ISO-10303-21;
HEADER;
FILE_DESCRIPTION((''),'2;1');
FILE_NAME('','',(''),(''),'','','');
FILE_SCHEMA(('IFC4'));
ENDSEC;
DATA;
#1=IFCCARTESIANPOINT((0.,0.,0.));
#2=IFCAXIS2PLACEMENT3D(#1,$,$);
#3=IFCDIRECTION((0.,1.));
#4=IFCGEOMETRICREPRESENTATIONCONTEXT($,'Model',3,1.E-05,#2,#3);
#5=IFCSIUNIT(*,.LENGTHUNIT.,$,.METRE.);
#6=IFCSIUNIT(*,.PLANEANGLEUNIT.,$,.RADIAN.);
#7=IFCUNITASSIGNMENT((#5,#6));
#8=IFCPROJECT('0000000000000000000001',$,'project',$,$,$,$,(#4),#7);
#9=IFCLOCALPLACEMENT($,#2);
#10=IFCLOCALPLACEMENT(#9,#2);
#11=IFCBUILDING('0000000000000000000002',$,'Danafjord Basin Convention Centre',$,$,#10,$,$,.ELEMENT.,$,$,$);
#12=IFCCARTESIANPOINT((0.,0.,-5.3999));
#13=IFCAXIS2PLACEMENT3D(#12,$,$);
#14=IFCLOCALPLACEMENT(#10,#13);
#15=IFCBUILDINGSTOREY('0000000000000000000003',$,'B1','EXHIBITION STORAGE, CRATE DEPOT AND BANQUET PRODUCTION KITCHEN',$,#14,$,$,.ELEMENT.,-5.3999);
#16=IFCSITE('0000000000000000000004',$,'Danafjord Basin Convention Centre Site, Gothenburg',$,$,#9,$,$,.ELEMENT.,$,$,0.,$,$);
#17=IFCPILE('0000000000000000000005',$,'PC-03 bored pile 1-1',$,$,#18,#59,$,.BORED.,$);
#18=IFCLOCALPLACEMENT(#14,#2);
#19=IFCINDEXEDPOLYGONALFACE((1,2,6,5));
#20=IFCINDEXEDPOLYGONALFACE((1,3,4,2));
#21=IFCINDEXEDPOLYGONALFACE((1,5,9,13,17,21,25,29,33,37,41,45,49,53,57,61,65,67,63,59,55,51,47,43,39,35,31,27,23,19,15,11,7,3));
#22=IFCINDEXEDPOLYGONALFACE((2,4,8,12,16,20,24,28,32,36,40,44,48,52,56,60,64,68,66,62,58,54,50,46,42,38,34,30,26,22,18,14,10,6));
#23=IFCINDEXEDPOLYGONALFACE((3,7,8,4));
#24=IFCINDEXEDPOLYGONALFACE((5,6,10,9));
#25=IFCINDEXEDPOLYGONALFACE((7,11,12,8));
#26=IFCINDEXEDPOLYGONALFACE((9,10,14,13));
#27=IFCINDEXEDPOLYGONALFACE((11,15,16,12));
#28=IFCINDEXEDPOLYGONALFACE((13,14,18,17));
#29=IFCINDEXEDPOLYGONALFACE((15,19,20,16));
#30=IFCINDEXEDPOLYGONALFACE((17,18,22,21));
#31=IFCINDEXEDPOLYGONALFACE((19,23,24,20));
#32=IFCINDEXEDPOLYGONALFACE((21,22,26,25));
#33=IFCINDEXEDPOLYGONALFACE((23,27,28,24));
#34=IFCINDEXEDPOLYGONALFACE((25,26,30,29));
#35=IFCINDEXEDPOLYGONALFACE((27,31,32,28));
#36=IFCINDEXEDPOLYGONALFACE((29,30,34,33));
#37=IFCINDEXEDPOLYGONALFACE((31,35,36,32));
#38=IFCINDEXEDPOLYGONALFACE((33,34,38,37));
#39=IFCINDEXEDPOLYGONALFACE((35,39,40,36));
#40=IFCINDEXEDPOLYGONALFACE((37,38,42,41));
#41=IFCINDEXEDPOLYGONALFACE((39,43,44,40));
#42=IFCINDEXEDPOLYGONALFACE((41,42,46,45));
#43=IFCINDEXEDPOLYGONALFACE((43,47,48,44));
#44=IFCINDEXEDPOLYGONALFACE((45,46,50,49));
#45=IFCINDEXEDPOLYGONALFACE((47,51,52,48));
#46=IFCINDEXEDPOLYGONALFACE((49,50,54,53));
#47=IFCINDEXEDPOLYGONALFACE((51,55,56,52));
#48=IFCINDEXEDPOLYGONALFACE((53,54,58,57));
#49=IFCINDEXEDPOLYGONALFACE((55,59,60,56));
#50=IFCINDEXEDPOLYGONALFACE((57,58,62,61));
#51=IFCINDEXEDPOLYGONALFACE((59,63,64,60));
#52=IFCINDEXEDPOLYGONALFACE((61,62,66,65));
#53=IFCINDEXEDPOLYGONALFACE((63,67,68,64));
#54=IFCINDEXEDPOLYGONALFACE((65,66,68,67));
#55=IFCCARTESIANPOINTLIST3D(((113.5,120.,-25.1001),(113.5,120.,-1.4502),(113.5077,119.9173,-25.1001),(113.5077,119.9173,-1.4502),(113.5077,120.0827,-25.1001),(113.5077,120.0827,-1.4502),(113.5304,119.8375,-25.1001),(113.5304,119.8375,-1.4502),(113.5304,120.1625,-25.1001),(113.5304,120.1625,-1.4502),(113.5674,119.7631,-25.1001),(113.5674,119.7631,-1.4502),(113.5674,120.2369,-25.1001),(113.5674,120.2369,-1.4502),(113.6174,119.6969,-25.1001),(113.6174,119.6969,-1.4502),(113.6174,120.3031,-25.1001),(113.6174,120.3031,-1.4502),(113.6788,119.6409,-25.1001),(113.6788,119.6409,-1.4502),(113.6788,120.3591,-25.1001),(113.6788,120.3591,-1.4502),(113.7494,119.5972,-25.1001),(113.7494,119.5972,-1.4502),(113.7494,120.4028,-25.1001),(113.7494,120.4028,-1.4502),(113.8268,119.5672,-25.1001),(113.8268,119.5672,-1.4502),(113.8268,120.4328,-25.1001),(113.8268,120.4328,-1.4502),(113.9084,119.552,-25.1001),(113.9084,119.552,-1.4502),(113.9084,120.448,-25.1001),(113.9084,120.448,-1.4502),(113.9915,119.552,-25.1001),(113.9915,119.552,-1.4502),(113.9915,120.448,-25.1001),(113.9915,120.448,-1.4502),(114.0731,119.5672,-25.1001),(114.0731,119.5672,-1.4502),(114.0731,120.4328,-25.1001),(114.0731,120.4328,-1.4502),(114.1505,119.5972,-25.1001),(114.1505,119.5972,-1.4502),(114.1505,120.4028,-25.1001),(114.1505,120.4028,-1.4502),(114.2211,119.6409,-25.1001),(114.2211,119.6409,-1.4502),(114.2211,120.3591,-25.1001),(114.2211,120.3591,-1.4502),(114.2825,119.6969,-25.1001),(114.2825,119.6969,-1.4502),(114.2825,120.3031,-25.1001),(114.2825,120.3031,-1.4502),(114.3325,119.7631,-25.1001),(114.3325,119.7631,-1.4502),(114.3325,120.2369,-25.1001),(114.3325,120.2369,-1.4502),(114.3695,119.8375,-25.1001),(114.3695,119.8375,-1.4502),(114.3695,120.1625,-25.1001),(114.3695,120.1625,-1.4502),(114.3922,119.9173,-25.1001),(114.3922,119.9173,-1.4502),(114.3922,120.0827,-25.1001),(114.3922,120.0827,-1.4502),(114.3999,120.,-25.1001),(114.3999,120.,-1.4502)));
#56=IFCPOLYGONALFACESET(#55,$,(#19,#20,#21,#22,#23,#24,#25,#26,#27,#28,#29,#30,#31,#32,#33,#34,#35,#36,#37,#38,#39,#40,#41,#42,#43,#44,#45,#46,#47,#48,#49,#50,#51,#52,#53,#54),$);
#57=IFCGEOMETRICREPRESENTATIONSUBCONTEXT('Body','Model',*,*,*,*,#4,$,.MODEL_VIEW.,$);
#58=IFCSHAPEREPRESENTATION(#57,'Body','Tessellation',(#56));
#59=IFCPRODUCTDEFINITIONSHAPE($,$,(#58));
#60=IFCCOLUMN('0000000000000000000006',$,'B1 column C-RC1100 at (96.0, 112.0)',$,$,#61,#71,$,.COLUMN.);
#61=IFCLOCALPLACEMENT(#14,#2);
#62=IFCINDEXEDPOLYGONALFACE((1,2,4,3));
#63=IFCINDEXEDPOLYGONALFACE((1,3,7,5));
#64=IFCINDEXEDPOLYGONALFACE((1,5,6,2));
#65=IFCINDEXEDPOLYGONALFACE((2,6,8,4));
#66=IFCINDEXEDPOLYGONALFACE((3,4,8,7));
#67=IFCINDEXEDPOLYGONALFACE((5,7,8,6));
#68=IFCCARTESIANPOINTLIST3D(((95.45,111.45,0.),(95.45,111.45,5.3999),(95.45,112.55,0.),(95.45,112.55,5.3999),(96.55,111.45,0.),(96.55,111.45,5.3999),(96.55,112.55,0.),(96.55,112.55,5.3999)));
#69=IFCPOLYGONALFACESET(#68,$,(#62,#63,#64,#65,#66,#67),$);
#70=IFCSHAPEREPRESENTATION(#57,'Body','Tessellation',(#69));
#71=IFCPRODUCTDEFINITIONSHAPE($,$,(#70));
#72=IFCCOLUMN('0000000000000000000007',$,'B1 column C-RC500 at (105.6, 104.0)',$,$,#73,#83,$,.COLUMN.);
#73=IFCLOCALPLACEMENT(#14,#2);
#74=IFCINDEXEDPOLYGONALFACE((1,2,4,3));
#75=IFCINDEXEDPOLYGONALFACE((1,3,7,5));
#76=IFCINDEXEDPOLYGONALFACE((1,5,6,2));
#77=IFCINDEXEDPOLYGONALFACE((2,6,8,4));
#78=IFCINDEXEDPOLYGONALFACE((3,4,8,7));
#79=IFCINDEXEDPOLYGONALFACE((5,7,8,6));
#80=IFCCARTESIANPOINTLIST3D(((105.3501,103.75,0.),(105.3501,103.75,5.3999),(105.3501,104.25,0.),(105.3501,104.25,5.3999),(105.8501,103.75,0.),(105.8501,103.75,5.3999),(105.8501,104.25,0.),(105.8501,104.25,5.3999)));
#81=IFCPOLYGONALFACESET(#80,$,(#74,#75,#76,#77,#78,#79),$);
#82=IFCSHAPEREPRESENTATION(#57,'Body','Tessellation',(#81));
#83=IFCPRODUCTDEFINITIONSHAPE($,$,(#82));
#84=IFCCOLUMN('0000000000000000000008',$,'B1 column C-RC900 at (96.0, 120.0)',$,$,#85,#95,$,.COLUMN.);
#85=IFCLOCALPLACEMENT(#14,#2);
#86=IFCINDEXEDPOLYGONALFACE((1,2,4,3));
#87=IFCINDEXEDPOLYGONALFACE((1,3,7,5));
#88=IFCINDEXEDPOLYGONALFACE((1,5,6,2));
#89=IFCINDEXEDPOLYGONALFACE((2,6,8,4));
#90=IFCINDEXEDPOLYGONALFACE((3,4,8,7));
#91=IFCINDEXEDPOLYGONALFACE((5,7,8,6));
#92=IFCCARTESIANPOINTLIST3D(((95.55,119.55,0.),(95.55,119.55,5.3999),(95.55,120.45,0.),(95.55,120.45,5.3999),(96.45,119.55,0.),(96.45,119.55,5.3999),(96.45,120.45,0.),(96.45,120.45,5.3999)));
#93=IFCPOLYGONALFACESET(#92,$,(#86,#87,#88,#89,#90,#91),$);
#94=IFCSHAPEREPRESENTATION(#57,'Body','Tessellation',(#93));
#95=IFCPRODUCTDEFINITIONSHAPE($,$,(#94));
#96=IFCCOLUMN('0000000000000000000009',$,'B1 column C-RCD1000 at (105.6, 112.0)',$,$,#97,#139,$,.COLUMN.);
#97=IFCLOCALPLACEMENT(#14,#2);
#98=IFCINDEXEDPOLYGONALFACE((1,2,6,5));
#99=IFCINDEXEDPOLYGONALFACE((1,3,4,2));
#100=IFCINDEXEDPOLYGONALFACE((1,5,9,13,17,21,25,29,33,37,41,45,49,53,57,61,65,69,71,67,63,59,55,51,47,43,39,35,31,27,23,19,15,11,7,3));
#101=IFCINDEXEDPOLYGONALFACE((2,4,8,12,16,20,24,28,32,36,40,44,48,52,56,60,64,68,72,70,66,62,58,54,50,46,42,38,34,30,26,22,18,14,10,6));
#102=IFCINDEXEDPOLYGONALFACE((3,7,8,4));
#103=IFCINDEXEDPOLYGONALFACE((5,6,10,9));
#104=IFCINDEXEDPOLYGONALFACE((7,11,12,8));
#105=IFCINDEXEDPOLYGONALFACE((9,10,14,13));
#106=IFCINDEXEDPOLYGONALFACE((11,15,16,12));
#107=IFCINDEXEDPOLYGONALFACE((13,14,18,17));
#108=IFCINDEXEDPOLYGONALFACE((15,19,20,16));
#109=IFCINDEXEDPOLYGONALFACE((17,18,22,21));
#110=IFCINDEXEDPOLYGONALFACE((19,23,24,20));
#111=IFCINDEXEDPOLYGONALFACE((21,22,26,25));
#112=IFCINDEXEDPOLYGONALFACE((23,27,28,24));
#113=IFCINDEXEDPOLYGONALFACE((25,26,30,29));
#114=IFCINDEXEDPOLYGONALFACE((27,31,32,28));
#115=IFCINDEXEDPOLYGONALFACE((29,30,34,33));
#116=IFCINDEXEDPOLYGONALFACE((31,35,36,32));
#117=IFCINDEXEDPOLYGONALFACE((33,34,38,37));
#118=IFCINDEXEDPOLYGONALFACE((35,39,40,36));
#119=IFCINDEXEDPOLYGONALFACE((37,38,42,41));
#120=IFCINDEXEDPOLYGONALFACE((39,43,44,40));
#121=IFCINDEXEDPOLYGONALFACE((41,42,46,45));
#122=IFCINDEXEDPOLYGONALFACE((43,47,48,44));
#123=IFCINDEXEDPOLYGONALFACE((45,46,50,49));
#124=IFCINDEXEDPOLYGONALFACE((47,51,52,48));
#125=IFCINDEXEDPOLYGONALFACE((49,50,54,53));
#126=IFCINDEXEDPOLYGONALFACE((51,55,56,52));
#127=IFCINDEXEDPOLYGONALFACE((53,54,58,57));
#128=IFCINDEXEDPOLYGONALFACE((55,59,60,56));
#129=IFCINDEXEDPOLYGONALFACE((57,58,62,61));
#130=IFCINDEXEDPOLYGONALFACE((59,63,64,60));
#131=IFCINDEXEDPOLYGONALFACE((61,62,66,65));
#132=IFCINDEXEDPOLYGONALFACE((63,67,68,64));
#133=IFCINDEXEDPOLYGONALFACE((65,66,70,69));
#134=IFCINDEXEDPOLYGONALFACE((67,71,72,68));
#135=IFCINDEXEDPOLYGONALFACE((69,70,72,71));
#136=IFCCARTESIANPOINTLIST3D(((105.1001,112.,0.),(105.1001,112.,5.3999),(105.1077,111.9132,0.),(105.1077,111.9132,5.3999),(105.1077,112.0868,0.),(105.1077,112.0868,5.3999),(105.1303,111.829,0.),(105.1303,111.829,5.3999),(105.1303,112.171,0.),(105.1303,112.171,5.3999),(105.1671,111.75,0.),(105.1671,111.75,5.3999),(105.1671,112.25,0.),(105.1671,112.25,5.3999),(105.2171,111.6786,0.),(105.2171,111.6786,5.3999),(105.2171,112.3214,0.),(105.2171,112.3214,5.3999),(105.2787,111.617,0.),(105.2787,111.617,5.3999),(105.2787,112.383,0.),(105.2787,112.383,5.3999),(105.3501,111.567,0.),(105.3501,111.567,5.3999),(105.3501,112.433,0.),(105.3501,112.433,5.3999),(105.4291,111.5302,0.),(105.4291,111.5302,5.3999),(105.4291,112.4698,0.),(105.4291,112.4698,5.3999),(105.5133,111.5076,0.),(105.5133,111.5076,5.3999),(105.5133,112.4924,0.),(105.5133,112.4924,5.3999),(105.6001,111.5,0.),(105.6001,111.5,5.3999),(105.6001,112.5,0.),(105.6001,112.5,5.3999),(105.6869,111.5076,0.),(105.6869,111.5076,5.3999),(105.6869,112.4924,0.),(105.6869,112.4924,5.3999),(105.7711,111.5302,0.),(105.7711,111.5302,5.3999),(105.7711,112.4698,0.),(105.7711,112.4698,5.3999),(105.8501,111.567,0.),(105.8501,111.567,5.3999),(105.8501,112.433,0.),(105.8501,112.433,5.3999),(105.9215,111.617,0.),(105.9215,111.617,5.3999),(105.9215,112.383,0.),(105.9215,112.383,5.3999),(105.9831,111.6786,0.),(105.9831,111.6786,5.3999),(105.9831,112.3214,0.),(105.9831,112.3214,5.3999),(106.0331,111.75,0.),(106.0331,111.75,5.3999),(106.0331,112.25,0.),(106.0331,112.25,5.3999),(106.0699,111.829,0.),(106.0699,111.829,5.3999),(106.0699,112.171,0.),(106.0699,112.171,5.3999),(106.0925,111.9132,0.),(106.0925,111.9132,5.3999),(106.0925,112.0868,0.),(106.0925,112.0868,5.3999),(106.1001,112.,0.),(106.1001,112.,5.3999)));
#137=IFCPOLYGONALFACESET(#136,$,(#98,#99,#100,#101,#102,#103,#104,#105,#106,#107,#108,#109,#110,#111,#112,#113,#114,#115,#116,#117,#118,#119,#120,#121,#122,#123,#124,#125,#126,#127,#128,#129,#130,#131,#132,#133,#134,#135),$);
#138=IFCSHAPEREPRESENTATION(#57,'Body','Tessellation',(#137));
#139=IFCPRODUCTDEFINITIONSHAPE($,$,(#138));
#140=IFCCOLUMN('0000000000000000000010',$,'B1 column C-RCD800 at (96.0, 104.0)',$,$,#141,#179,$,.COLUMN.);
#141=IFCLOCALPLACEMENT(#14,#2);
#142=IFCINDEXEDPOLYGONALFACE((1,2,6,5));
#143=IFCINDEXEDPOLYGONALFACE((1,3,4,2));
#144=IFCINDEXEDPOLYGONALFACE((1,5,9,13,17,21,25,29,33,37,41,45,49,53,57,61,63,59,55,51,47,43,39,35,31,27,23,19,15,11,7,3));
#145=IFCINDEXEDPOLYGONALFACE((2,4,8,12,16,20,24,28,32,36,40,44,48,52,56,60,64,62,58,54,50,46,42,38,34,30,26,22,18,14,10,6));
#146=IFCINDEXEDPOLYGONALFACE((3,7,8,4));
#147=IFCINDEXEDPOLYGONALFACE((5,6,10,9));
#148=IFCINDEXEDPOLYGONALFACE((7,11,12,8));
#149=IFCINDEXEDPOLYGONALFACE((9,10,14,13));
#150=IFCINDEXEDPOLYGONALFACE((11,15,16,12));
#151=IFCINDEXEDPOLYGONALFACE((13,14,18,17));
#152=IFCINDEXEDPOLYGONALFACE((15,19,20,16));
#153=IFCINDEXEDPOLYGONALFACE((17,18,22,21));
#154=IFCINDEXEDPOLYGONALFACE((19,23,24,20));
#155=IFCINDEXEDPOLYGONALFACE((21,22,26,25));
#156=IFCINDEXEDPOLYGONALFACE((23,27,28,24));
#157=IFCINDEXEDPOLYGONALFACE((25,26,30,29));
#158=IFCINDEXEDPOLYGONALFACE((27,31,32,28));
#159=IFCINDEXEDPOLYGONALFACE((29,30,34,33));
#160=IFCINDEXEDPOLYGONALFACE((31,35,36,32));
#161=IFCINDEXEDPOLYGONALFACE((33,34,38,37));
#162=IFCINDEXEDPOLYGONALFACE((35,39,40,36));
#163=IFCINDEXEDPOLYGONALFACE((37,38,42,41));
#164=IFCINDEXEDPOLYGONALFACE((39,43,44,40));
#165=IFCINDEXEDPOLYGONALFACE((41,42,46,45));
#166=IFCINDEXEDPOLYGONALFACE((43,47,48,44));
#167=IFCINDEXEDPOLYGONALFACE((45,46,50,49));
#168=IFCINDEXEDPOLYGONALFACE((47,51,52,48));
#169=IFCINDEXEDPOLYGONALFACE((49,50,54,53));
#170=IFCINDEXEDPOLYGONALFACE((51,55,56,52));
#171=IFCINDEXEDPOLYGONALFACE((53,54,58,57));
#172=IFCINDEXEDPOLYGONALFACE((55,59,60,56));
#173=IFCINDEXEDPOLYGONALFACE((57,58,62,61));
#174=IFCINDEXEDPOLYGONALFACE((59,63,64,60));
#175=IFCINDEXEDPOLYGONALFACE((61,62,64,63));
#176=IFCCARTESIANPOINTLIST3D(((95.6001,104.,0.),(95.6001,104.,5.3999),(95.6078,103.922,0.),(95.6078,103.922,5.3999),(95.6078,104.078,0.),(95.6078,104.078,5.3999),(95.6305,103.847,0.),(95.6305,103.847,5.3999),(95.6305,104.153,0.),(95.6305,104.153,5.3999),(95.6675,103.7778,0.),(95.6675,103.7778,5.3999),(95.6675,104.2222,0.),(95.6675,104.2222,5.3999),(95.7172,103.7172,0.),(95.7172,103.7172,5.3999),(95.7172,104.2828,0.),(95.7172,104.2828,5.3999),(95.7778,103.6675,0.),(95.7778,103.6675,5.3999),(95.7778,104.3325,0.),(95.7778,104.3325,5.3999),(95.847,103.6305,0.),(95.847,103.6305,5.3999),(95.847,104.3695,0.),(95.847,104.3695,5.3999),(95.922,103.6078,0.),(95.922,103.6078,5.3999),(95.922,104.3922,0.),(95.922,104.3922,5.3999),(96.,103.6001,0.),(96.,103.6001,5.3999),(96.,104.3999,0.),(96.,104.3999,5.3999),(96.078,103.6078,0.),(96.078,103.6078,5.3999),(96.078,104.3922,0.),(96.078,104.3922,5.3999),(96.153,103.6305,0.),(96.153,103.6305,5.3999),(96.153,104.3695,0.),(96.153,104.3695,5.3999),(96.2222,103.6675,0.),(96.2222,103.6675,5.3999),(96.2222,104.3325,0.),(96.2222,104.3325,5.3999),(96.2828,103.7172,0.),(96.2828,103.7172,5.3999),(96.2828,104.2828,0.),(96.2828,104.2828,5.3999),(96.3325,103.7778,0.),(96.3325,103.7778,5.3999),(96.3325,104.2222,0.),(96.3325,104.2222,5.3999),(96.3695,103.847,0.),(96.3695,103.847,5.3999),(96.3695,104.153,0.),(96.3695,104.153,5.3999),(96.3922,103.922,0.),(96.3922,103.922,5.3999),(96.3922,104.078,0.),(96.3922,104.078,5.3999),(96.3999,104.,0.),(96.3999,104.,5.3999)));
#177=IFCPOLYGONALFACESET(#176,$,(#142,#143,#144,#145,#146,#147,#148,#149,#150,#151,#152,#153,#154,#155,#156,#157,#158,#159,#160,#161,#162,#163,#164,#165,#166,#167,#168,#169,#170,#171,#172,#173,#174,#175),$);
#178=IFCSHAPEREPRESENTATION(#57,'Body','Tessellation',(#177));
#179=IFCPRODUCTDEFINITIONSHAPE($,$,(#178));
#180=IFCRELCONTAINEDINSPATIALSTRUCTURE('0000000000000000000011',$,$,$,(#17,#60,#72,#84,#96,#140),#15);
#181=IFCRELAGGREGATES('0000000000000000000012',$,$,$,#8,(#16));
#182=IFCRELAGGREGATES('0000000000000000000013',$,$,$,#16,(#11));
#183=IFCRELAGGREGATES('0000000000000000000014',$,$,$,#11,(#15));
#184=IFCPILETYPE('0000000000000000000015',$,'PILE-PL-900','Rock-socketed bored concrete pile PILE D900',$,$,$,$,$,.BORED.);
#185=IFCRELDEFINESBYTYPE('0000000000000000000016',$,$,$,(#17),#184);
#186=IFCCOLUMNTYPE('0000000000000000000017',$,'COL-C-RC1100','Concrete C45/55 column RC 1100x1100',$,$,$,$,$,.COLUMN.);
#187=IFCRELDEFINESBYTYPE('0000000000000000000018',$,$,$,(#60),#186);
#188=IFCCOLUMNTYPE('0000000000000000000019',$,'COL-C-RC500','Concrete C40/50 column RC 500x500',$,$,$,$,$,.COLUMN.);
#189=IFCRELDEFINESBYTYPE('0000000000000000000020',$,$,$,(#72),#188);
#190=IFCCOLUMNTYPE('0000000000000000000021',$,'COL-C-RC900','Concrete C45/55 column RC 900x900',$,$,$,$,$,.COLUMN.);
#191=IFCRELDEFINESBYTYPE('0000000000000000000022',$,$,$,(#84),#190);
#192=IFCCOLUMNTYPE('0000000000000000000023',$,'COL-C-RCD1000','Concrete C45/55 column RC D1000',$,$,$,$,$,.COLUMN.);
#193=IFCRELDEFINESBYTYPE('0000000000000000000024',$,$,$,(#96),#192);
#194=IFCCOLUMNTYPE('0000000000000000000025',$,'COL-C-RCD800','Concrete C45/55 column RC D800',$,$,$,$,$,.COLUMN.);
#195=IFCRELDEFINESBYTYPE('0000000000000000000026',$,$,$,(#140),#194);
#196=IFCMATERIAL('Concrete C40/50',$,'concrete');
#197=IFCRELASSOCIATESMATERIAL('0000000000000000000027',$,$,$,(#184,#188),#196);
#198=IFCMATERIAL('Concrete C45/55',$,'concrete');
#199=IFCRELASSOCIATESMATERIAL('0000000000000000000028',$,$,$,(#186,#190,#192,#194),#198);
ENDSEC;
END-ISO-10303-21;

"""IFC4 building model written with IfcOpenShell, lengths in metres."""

from ifc_helpers import new_model, si_unit, direction, frame, origin, origin_2d, place, context, subcontext, project, spatial, rectangle, circle, extrude, material, material_profile, profile_set, type_object, element, save


model = new_model("IFC4")

# Units and contexts
model_context = context("Model", 3, precision=1e-05, world=origin(), true_north=direction((0.0, 1.0)))
body_context = subcontext(model_context, "Body", "Model", "MODEL_VIEW")
ifc_project = project(units=[si_unit("LENGTHUNIT", "METRE"), si_unit("PLANEANGLEUNIT", "RADIAN")], contexts=[model_context])

# Site, building, storey
site_placement = place(None, origin())
site = spatial("IfcSite", under=ifc_project, at=site_placement, Name="Danafjord Basin Convention Centre Site, Gothenburg", CompositionType="ELEMENT", RefElevation=0.0)
building_placement = place(site_placement, origin())
building = spatial("IfcBuilding", under=site, at=building_placement, Name="Danafjord Basin Convention Centre", CompositionType="ELEMENT")
storey_placement = place(building_placement, frame((0.0, 0.0, -5.3999)))
storey = spatial("IfcBuildingStorey", under=building, at=storey_placement, Name="B1", Description="EXHIBITION STORAGE, CRATE DEPOT AND BANQUET PRODUCTION KITCHEN", CompositionType="ELEMENT", Elevation=-5.3999)

# Shared definitions
ifc_material_1 = material(Name="Concrete C40/50", Category="concrete")

# Pile
ifc_material_profile_1 = material_profile(ifc_material_1, circle(Radius=0.45, at=origin_2d()), Name="PILE D900")
ifc_profile_set_1 = profile_set([ifc_material_profile_1], Name="Concrete C40/50")
pile_type_1 = type_object("IfcPileType", Name="PILE-PL-900", Description="Rock-socketed bored concrete pile PILE D900", PredefinedType="BORED", material=ifc_profile_set_1)
pile_1_placement = place(storey_placement, frame((113.95, 120.0, -1.4502), z_axis=(0.0, 0.0, -1.0), x_axis=(1.0, 0.0, 0.0)))
element("IfcPile", 1, at=pile_1_placement, inside=storey, type_object=pile_type_1, Name="PC-03 bored pile 1-1", PredefinedType="BORED", context=body_context, shape_type="SweptSolid", body=[
    extrude(circle(Radius=0.45, at=origin_2d()), origin(), (0.0, 0.0, 1.0), 23.6499),
])

# Columns
ifc_material_2 = material(Name="Concrete C45/55", Category="concrete")
ifc_material_profile_2 = material_profile(ifc_material_2, rectangle(XDim=1.1001, YDim=1.1001, at=origin_2d()), Name="RC 1100x1100")
ifc_profile_set_2 = profile_set([ifc_material_profile_2], Name="Concrete C45/55")
column_type_1 = type_object("IfcColumnType", Name="COL-C-RC1100", Description="Concrete C45/55 column RC 1100x1100", PredefinedType="COLUMN", material=ifc_profile_set_2)
column_1_placement = place(storey_placement, frame((96.0, 112.0, 0.0), z_axis=(0.0, 0.0, 1.0), x_axis=(1.0, 0.0, 0.0)))
element("IfcColumn", 2, at=column_1_placement, inside=storey, type_object=column_type_1, Name="B1 column C-RC1100 at (96.0, 112.0)", PredefinedType="COLUMN", context=body_context, shape_type="SweptSolid", body=[
    extrude(rectangle(XDim=1.1001, YDim=1.1001, at=origin_2d()), origin(), (0.0, 0.0, 1.0), 5.3999),
])
ifc_material_profile_3 = material_profile(ifc_material_1, rectangle(XDim=0.5, YDim=0.5, at=origin_2d()), Name="RC 500x500")
ifc_profile_set_3 = profile_set([ifc_material_profile_3], Name="Concrete C40/50")
column_type_2 = type_object("IfcColumnType", Name="COL-C-RC500", Description="Concrete C40/50 column RC 500x500", PredefinedType="COLUMN", material=ifc_profile_set_3)
column_2_placement = place(storey_placement, frame((105.6001, 104.0, 0.0), z_axis=(0.0, 0.0, 1.0), x_axis=(1.0, 0.0, 0.0)))
element("IfcColumn", 3, at=column_2_placement, inside=storey, type_object=column_type_2, Name="B1 column C-RC500 at (105.6, 104.0)", PredefinedType="COLUMN", context=body_context, shape_type="SweptSolid", body=[
    extrude(rectangle(XDim=0.5, YDim=0.5, at=origin_2d()), origin(), (0.0, 0.0, 1.0), 5.3999),
])
ifc_material_profile_4 = material_profile(ifc_material_2, rectangle(XDim=0.8999, YDim=0.8999, at=origin_2d()), Name="RC 900x900")
ifc_profile_set_4 = profile_set([ifc_material_profile_4], Name="Concrete C45/55")
column_type_3 = type_object("IfcColumnType", Name="COL-C-RC900", Description="Concrete C45/55 column RC 900x900", PredefinedType="COLUMN", material=ifc_profile_set_4)
column_3_placement = place(storey_placement, frame((96.0, 120.0, 0.0), z_axis=(0.0, 0.0, 1.0), x_axis=(1.0, 0.0, 0.0)))
element("IfcColumn", 4, at=column_3_placement, inside=storey, type_object=column_type_3, Name="B1 column C-RC900 at (96.0, 120.0)", PredefinedType="COLUMN", context=body_context, shape_type="SweptSolid", body=[
    extrude(rectangle(XDim=0.8999, YDim=0.8999, at=origin_2d()), origin(), (0.0, 0.0, 1.0), 5.3999),
])
ifc_material_profile_5 = material_profile(ifc_material_2, circle(Radius=0.5, at=origin_2d()), Name="RC D1000")
ifc_profile_set_5 = profile_set([ifc_material_profile_5], Name="Concrete C45/55")
column_type_4 = type_object("IfcColumnType", Name="COL-C-RCD1000", Description="Concrete C45/55 column RC D1000", PredefinedType="COLUMN", material=ifc_profile_set_5)
column_4_placement = place(storey_placement, frame((105.6001, 112.0, 0.0), z_axis=(0.0, 0.0, 1.0), x_axis=(1.0, 0.0, 0.0)))
element("IfcColumn", 5, at=column_4_placement, inside=storey, type_object=column_type_4, Name="B1 column C-RCD1000 at (105.6, 112.0)", PredefinedType="COLUMN", context=body_context, shape_type="SweptSolid", body=[
    extrude(circle(Radius=0.5, at=origin_2d()), origin(), (0.0, 0.0, 1.0), 5.3999),
])
ifc_material_profile_6 = material_profile(ifc_material_2, circle(Radius=0.3999, at=origin_2d()), Name="RC D800")
ifc_profile_set_6 = profile_set([ifc_material_profile_6], Name="Concrete C45/55")
column_type_5 = type_object("IfcColumnType", Name="COL-C-RCD800", Description="Concrete C45/55 column RC D800", PredefinedType="COLUMN", material=ifc_profile_set_6)
for number, where, z_axis, x_axis, name in (
    (6, (96.0, 104.0, 0.0), (0.0, 0.0, 1.0), (1.0, 0.0, 0.0), "B1 column C-RCD800 at (96.0, 104.0)"),
):
    element("IfcColumn", number, at=place(storey_placement, frame(where, z_axis=z_axis, x_axis=x_axis)), inside=storey, type_object=column_type_5, Name=name, PredefinedType="COLUMN", context=body_context, shape_type="SweptSolid", body=[
        extrude(circle(Radius=0.3999, at=origin_2d()), origin(), (0.0, 0.0, 1.0), 5.3999),
    ])

save(model, "model.ifc")
